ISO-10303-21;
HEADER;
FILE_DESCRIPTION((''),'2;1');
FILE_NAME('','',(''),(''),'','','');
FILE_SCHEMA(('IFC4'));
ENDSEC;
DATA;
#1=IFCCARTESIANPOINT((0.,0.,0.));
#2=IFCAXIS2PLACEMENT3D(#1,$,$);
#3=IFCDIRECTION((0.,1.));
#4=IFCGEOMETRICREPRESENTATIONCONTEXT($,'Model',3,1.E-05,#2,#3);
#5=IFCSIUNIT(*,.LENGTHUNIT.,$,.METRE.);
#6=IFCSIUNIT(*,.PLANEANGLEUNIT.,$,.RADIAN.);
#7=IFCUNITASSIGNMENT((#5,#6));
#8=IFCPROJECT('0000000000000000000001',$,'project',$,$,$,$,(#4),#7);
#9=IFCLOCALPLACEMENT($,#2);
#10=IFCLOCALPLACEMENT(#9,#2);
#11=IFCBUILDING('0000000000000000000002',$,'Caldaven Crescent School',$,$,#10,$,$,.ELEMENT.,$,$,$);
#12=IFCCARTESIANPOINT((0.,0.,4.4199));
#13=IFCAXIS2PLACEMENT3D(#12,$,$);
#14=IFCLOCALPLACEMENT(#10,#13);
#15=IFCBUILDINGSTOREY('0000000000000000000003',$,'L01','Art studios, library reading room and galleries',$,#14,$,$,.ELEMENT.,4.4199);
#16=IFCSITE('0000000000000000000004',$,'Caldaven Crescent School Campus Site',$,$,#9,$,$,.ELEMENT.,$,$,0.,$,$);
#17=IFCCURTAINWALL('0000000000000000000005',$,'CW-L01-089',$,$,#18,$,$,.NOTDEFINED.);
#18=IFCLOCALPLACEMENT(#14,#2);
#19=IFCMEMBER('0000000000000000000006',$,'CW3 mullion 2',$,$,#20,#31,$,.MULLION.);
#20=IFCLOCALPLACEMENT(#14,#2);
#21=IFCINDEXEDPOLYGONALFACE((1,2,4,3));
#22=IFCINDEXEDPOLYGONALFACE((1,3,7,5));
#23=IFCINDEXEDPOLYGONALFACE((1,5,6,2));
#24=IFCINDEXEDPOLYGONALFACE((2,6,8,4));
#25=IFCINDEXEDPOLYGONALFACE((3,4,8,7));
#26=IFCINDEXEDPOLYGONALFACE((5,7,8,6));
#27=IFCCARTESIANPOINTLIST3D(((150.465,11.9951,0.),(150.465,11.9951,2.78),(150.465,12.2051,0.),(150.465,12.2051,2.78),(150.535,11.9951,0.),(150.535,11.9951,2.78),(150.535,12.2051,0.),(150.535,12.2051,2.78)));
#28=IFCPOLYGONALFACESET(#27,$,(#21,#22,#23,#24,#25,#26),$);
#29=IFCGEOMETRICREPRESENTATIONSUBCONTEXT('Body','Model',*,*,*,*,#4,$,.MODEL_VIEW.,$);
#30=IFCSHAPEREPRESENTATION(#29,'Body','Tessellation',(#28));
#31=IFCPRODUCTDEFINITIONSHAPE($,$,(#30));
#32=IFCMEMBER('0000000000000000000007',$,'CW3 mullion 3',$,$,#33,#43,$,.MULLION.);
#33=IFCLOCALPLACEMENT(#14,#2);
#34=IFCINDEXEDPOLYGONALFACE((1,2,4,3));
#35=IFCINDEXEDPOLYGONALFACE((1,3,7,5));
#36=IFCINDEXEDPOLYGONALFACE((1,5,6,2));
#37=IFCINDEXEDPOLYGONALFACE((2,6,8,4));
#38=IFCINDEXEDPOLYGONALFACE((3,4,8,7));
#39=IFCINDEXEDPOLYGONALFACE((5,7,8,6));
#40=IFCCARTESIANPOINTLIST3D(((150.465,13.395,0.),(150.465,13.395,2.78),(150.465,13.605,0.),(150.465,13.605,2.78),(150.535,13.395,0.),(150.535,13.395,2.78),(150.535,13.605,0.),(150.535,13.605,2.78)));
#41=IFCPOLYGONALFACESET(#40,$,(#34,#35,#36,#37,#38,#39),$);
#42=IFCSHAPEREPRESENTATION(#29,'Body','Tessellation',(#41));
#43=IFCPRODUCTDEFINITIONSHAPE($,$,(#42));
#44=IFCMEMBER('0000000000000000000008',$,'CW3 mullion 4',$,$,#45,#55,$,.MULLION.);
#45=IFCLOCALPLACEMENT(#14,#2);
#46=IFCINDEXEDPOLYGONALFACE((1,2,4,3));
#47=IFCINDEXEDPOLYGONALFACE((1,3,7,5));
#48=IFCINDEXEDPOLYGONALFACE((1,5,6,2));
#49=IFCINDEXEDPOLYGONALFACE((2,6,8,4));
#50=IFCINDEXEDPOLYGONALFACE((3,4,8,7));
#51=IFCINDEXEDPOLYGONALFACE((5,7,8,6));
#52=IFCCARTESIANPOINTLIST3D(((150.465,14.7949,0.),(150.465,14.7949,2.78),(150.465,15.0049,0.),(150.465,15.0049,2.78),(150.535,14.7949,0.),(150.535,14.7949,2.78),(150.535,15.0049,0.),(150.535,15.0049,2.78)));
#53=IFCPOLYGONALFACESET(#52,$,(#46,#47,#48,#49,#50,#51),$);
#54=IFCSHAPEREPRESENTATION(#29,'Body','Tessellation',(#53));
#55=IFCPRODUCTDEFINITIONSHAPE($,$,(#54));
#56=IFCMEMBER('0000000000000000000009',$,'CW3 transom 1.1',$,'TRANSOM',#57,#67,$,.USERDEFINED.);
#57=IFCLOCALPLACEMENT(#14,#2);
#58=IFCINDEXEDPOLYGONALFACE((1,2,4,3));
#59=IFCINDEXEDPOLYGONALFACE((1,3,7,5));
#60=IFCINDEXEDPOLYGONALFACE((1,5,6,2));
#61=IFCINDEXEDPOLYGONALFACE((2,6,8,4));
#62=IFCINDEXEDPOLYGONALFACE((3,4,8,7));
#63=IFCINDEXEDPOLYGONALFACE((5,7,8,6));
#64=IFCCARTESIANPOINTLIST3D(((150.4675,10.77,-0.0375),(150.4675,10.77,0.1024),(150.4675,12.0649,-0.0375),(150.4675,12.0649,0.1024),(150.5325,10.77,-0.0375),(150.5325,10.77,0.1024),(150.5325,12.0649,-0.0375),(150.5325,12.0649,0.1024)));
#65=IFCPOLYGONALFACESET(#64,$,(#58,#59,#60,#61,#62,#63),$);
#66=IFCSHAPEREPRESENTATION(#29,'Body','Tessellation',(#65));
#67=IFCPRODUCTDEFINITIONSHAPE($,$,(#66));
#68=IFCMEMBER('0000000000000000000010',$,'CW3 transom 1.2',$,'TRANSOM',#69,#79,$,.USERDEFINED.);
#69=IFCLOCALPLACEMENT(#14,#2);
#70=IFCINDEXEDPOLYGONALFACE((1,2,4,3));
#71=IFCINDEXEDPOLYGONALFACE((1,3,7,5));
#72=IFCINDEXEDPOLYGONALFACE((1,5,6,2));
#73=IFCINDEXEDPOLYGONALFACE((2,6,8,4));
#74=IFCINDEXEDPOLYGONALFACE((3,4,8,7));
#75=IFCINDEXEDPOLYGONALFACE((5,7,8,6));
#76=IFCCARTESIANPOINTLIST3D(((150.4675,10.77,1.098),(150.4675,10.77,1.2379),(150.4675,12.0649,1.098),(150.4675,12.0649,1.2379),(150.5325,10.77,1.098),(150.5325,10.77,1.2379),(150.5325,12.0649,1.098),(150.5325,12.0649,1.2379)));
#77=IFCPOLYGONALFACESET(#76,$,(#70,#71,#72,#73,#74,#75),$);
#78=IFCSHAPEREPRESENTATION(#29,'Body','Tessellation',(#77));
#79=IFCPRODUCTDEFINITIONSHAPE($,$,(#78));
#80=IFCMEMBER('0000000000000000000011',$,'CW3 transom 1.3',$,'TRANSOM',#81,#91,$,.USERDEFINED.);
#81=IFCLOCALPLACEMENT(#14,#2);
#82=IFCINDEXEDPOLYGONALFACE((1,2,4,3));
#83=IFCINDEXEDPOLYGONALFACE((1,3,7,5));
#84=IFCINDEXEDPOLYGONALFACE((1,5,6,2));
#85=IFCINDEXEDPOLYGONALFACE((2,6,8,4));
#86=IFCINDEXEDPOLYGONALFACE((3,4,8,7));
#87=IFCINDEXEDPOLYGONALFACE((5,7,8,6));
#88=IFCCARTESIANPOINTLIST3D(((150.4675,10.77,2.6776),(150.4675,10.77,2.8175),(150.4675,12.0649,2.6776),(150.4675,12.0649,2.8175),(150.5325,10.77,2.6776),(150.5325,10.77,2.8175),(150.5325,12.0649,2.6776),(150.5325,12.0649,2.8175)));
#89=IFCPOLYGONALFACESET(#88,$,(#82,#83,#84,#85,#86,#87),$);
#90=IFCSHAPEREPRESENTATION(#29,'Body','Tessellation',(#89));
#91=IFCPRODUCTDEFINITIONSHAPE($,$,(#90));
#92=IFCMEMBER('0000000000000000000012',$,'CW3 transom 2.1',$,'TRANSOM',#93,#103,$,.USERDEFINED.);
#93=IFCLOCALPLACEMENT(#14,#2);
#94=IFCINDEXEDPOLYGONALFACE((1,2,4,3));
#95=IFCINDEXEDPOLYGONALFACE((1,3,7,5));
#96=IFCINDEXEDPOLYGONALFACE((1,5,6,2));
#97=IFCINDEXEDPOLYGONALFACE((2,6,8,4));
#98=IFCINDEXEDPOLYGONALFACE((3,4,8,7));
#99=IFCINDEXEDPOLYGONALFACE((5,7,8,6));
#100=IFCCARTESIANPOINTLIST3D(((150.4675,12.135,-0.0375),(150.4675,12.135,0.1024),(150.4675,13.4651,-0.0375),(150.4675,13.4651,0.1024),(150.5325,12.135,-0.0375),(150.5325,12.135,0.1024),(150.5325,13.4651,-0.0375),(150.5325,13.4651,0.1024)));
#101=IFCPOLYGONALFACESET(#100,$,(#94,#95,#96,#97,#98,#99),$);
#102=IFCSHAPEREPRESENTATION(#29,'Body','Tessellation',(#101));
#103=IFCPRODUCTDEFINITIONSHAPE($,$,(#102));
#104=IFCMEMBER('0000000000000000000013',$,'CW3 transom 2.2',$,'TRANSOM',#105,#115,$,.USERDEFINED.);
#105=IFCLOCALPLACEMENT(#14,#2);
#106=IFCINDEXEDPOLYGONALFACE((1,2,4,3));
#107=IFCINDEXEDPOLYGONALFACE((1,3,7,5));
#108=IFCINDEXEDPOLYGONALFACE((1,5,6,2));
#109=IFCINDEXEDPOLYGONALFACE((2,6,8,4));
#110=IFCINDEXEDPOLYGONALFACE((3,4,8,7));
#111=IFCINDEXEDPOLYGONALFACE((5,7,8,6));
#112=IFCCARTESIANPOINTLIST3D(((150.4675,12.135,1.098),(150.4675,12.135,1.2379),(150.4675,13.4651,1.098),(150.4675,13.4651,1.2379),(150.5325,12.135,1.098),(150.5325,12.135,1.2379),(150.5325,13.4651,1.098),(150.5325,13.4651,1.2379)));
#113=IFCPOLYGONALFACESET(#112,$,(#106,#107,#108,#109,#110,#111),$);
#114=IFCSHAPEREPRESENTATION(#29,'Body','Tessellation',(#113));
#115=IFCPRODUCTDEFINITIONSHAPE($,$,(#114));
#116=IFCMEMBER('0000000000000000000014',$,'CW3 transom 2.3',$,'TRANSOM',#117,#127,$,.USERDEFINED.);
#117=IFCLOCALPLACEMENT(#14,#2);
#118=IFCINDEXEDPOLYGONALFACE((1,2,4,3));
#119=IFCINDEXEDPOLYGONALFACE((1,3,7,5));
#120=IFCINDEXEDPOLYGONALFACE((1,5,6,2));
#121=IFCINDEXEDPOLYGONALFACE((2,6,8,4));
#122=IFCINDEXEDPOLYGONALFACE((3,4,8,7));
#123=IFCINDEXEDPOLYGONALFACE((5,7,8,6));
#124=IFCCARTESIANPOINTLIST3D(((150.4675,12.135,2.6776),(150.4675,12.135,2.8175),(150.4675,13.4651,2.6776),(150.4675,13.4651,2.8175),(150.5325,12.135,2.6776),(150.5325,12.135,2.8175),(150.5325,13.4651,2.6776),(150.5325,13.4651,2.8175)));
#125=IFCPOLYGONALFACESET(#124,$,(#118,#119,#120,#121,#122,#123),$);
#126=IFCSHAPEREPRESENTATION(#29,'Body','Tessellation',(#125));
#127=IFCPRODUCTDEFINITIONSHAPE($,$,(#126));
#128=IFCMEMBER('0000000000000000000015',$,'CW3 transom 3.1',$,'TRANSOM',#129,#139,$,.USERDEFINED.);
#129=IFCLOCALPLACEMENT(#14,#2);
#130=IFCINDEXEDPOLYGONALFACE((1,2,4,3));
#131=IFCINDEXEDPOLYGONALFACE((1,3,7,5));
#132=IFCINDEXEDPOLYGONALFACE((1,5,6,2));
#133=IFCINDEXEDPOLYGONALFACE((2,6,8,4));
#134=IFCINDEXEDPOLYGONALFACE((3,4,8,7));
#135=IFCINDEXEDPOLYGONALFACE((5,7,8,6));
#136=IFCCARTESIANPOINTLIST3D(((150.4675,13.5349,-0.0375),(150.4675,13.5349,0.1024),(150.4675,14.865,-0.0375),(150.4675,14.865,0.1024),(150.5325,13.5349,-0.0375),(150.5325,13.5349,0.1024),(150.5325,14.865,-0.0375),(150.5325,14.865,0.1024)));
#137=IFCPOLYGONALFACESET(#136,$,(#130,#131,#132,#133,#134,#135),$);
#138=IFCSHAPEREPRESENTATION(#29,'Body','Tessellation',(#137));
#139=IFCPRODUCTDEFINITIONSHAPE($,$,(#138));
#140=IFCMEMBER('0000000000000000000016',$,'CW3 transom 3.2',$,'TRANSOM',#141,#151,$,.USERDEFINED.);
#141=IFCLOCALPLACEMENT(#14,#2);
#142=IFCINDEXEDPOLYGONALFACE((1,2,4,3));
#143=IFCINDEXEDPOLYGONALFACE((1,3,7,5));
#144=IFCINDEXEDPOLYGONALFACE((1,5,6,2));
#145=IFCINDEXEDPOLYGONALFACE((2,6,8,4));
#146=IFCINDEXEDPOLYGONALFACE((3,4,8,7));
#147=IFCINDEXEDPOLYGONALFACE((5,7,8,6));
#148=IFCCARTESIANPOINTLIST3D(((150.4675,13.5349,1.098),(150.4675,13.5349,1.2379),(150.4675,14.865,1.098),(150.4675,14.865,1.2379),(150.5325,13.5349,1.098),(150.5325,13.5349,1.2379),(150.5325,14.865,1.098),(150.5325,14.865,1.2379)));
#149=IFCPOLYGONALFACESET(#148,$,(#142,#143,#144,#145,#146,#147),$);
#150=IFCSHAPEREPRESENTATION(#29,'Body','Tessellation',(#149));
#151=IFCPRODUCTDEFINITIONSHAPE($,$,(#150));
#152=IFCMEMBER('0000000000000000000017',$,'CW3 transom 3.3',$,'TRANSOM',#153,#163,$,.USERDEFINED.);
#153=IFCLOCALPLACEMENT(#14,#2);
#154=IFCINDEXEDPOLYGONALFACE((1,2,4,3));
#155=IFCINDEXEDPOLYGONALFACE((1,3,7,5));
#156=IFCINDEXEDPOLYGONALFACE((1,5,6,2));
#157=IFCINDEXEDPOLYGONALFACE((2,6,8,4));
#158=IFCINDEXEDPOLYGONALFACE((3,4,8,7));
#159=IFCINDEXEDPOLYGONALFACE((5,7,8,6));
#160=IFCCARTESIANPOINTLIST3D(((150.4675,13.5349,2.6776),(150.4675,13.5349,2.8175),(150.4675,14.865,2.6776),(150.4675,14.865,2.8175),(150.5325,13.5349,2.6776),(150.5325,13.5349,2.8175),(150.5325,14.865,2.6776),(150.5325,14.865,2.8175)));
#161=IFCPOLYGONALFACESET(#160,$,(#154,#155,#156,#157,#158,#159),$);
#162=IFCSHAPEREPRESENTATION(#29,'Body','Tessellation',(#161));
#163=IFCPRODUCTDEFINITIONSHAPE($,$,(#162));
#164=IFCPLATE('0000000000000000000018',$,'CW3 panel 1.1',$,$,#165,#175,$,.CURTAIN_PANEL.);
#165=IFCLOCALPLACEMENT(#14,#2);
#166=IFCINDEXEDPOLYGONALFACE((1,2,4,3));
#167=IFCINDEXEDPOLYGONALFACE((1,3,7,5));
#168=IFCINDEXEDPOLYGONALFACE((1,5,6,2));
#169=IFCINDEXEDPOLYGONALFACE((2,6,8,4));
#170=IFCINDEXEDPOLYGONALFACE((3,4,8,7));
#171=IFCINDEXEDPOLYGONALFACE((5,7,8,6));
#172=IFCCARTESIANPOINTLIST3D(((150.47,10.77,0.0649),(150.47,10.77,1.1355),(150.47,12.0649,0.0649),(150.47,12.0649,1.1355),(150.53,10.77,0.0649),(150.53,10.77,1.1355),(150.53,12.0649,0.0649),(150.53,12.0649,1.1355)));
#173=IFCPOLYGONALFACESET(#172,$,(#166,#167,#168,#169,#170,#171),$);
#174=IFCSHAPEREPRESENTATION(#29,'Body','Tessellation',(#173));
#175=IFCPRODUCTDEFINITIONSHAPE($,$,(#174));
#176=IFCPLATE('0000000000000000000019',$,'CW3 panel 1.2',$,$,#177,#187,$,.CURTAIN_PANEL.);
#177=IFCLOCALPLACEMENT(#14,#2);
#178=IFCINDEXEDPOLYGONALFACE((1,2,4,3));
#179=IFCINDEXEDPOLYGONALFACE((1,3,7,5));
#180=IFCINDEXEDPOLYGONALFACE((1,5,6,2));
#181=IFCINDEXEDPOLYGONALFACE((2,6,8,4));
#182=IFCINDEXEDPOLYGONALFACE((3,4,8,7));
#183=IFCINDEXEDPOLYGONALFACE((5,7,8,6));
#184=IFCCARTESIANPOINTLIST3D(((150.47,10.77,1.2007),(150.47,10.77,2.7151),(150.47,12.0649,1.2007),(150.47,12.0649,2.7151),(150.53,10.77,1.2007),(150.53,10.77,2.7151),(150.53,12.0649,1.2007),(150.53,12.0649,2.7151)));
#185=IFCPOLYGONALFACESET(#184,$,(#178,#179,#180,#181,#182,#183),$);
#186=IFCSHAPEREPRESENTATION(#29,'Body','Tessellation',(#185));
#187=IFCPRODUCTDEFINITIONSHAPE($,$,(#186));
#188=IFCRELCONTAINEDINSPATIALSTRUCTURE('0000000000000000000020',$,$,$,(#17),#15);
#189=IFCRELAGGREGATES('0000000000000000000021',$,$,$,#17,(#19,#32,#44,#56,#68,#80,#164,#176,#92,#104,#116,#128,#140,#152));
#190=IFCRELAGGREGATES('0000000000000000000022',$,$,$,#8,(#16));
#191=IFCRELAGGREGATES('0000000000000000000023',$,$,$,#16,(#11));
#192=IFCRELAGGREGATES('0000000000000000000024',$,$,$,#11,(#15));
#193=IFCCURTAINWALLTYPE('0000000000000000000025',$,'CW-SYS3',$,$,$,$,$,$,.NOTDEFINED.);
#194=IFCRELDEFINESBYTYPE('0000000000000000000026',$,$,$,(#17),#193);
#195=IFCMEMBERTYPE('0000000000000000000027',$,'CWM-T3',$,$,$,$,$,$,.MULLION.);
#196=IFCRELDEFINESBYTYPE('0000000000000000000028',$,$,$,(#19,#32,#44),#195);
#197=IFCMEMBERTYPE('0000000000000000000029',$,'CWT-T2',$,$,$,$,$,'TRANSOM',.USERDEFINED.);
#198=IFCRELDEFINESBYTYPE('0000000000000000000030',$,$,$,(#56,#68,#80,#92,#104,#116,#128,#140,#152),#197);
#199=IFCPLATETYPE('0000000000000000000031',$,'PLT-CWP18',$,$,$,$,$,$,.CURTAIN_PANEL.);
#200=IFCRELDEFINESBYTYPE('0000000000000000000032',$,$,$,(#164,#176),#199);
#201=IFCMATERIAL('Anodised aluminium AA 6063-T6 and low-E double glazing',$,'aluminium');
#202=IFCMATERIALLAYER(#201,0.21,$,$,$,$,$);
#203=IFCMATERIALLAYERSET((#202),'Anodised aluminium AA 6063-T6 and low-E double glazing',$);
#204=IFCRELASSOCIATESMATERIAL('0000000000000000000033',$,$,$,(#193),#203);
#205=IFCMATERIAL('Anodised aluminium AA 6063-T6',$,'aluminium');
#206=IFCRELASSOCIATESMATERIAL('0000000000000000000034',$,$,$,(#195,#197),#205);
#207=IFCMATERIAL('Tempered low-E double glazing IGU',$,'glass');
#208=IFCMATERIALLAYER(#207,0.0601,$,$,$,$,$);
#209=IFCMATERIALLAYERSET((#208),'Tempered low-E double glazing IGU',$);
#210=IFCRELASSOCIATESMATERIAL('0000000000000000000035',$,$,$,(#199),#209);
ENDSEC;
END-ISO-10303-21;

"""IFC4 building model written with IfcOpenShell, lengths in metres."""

from ifc_helpers import new_model, si_unit, direction, frame, origin, origin_2d, place, context, subcontext, project, spatial, rectangle, extrude, material, layer, layer_set, material_profile, profile_set, type_object, element, aggregate, save


model = new_model("IFC4")

# Units and contexts
model_context = context("Model", 3, precision=1e-05, world=origin(), true_north=direction((0.0, 1.0)))
body_context = subcontext(model_context, "Body", "Model", "MODEL_VIEW")
ifc_project = project(units=[si_unit("LENGTHUNIT", "METRE"), si_unit("PLANEANGLEUNIT", "RADIAN")], contexts=[model_context])

# Site, building, storey
site_placement = place(None, origin())
site = spatial("IfcSite", under=ifc_project, at=site_placement, Name="Caldaven Crescent School Campus Site", CompositionType="ELEMENT", RefElevation=0.0)
building_placement = place(site_placement, origin())
building = spatial("IfcBuilding", under=site, at=building_placement, Name="Caldaven Crescent School", CompositionType="ELEMENT")
storey_placement = place(building_placement, frame((0.0, 0.0, 4.4199)))
storey = spatial("IfcBuildingStorey", under=building, at=storey_placement, Name="L01", Description="Art studios, library reading room and galleries", CompositionType="ELEMENT", Elevation=4.4199)

# Curtain wall, members, plates
ifc_material_1 = material(Name="Anodised aluminium AA 6063-T6 and low-E double glazing", Category="aluminium")
ifc_layer_1 = layer(ifc_material_1, 0.21)
ifc_layer_set_1 = layer_set([ifc_layer_1], Name="Anodised aluminium AA 6063-T6 and low-E double glazing")
curtain_wall_type = type_object("IfcCurtainWallType", Name="CW-SYS3", PredefinedType="NOTDEFINED", material=ifc_layer_set_1)
curtain_wall_placement = place(storey_placement, origin())
curtain_wall = element("IfcCurtainWall", 1, at=curtain_wall_placement, inside=storey, type_object=curtain_wall_type, Name="CW-L01-089", PredefinedType="NOTDEFINED")
ifc_material_2 = material(Name="Anodised aluminium AA 6063-T6", Category="aluminium")
ifc_material_profile_1 = material_profile(ifc_material_2, rectangle(XDim=0.0701, YDim=0.21, at=origin_2d()), Name="CWM 70x210")
ifc_profile_set_1 = profile_set([ifc_material_profile_1], Name="Anodised aluminium AA 6063-T6")
member_type_1 = type_object("IfcMemberType", Name="CWM-T3", PredefinedType="MULLION", material=ifc_profile_set_1)
member_1_placement = place(storey_placement, frame((150.5, 12.1001, 0.0), z_axis=(0.0, 0.0, 1.0), x_axis=(-1.0, 0.0, 0.0)))
member_1 = element("IfcMember", 2, at=member_1_placement, type_object=member_type_1, Name="CW3 mullion 2", PredefinedType="MULLION", context=body_context, shape_type="SweptSolid", body=[
    extrude(rectangle(XDim=0.0701, YDim=0.21, at=origin_2d()), origin(), (0.0, 0.0, 1.0), 2.78),
])
member_2_placement = place(storey_placement, frame((150.5, 13.5, 0.0), z_axis=(0.0, 0.0, 1.0), x_axis=(-1.0, 0.0, 0.0)))
member_2 = element("IfcMember", 3, at=member_2_placement, type_object=member_type_1, Name="CW3 mullion 3", PredefinedType="MULLION", context=body_context, shape_type="SweptSolid", body=[
    extrude(rectangle(XDim=0.0701, YDim=0.21, at=origin_2d()), origin(), (0.0, 0.0, 1.0), 2.78),
])
member_3_placement = place(storey_placement, frame((150.5, 14.8999, 0.0), z_axis=(0.0, 0.0, 1.0), x_axis=(-1.0, 0.0, 0.0)))
member_3 = element("IfcMember", 4, at=member_3_placement, type_object=member_type_1, Name="CW3 mullion 4", PredefinedType="MULLION", context=body_context, shape_type="SweptSolid", body=[
    extrude(rectangle(XDim=0.0701, YDim=0.21, at=origin_2d()), origin(), (0.0, 0.0, 1.0), 2.78),
])
ifc_material_profile_2 = material_profile(ifc_material_2, rectangle(XDim=0.0649, YDim=0.1399, at=origin_2d()), Name="CWT 65x140")
ifc_profile_set_2 = profile_set([ifc_material_profile_2], Name="Anodised aluminium AA 6063-T6")
member_type_2 = type_object("IfcMemberType", Name="CWT-T2", ElementType="TRANSOM", PredefinedType="USERDEFINED", material=ifc_profile_set_2)
member_4_placement = place(storey_placement, frame((150.5, 10.77, 0.0325), z_axis=(0.0, 1.0, 0.0), x_axis=(-1.0, 0.0, 0.0)))
member_4 = element("IfcMember", 5, at=member_4_placement, type_object=member_type_2, Name="CW3 transom 1.1", ObjectType="TRANSOM", PredefinedType="USERDEFINED", context=body_context, shape_type="SweptSolid", body=[
    extrude(rectangle(XDim=0.0649, YDim=0.1399, at=origin_2d()), origin(), (0.0, 0.0, 1.0), 1.2949),
])
member_5_placement = place(storey_placement, frame((150.5, 10.77, 1.168), z_axis=(0.0, 1.0, 0.0), x_axis=(-1.0, 0.0, 0.0)))
member_5 = element("IfcMember", 6, at=member_5_placement, type_object=member_type_2, Name="CW3 transom 1.2", ObjectType="TRANSOM", PredefinedType="USERDEFINED", context=body_context, shape_type="SweptSolid", body=[
    extrude(rectangle(XDim=0.0649, YDim=0.1399, at=origin_2d()), origin(), (0.0, 0.0, 1.0), 1.2949),
])
member_6_placement = place(storey_placement, frame((150.5, 10.77, 2.7476), z_axis=(0.0, 1.0, 0.0), x_axis=(-1.0, 0.0, 0.0)))
member_6 = element("IfcMember", 7, at=member_6_placement, type_object=member_type_2, Name="CW3 transom 1.3", ObjectType="TRANSOM", PredefinedType="USERDEFINED", context=body_context, shape_type="SweptSolid", body=[
    extrude(rectangle(XDim=0.0649, YDim=0.1399, at=origin_2d()), origin(), (0.0, 0.0, 1.0), 1.2949),
])
member_7_placement = place(storey_placement, frame((150.5, 12.135, 0.0325), z_axis=(0.0, 1.0, 0.0), x_axis=(-1.0, 0.0, 0.0)))
member_7 = element("IfcMember", 8, at=member_7_placement, type_object=member_type_2, Name="CW3 transom 2.1", ObjectType="TRANSOM", PredefinedType="USERDEFINED", context=body_context, shape_type="SweptSolid", body=[
    extrude(rectangle(XDim=0.0649, YDim=0.1399, at=origin_2d()), origin(), (0.0, 0.0, 1.0), 1.3301),
])
member_8_placement = place(storey_placement, frame((150.5, 12.135, 1.168), z_axis=(0.0, 1.0, 0.0), x_axis=(-1.0, 0.0, 0.0)))
member_8 = element("IfcMember", 9, at=member_8_placement, type_object=member_type_2, Name="CW3 transom 2.2", ObjectType="TRANSOM", PredefinedType="USERDEFINED", context=body_context, shape_type="SweptSolid", body=[
    extrude(rectangle(XDim=0.0649, YDim=0.1399, at=origin_2d()), origin(), (0.0, 0.0, 1.0), 1.3301),
])
member_9_placement = place(storey_placement, frame((150.5, 12.135, 2.7476), z_axis=(0.0, 1.0, 0.0), x_axis=(-1.0, 0.0, 0.0)))
member_9 = element("IfcMember", 10, at=member_9_placement, type_object=member_type_2, Name="CW3 transom 2.3", ObjectType="TRANSOM", PredefinedType="USERDEFINED", context=body_context, shape_type="SweptSolid", body=[
    extrude(rectangle(XDim=0.0649, YDim=0.1399, at=origin_2d()), origin(), (0.0, 0.0, 1.0), 1.3301),
])
member_10_placement = place(storey_placement, frame((150.5, 13.5349, 0.0325), z_axis=(0.0, 1.0, 0.0), x_axis=(-1.0, 0.0, 0.0)))
member_10 = element("IfcMember", 11, at=member_10_placement, type_object=member_type_2, Name="CW3 transom 3.1", ObjectType="TRANSOM", PredefinedType="USERDEFINED", context=body_context, shape_type="SweptSolid", body=[
    extrude(rectangle(XDim=0.0649, YDim=0.1399, at=origin_2d()), origin(), (0.0, 0.0, 1.0), 1.3301),
])
member_11_placement = place(storey_placement, frame((150.5, 13.5349, 1.168), z_axis=(0.0, 1.0, 0.0), x_axis=(-1.0, 0.0, 0.0)))
member_11 = element("IfcMember", 12, at=member_11_placement, type_object=member_type_2, Name="CW3 transom 3.2", ObjectType="TRANSOM", PredefinedType="USERDEFINED", context=body_context, shape_type="SweptSolid", body=[
    extrude(rectangle(XDim=0.0649, YDim=0.1399, at=origin_2d()), origin(), (0.0, 0.0, 1.0), 1.3301),
])
member_12_placement = place(storey_placement, frame((150.5, 13.5349, 2.7476), z_axis=(0.0, 1.0, 0.0), x_axis=(-1.0, 0.0, 0.0)))
member_12 = element("IfcMember", 13, at=member_12_placement, type_object=member_type_2, Name="CW3 transom 3.3", ObjectType="TRANSOM", PredefinedType="USERDEFINED", context=body_context, shape_type="SweptSolid", body=[
    extrude(rectangle(XDim=0.0649, YDim=0.1399, at=origin_2d()), origin(), (0.0, 0.0, 1.0), 1.3301),
])
ifc_material_3 = material(Name="Tempered low-E double glazing IGU", Category="glass")
ifc_layer_2 = layer(ifc_material_3, 0.0601)
ifc_layer_set_2 = layer_set([ifc_layer_2], Name="Tempered low-E double glazing IGU")
plate_type = type_object("IfcPlateType", Name="PLT-CWP18", PredefinedType="CURTAIN_PANEL", material=ifc_layer_set_2)
plate_1_placement = place(storey_placement, frame((150.5, 11.4175, 0.0649), z_axis=(0.0, 0.0, 1.0), x_axis=(0.0, 1.0, 0.0)))
plate_1 = element("IfcPlate", 14, at=plate_1_placement, type_object=plate_type, Name="CW3 panel 1.1", PredefinedType="CURTAIN_PANEL", context=body_context, shape_type="SweptSolid", body=[
    extrude(rectangle(XDim=1.2949, YDim=0.0601, at=origin_2d()), origin(), (0.0, 0.0, 1.0), 1.0706),
])
plate_2_placement = place(storey_placement, frame((150.5, 11.4175, 1.2007), z_axis=(0.0, 0.0, 1.0), x_axis=(0.0, 1.0, 0.0)))
plate_2 = element("IfcPlate", 15, at=plate_2_placement, type_object=plate_type, Name="CW3 panel 1.2", PredefinedType="CURTAIN_PANEL", context=body_context, shape_type="SweptSolid", body=[
    extrude(rectangle(XDim=1.2949, YDim=0.0601, at=origin_2d()), origin(), (0.0, 0.0, 1.0), 1.5144),
])
aggregate(curtain_wall, [member_1, member_2, member_3, member_4, member_5, member_6, plate_1, plate_2, member_7, member_8, member_9, member_10, member_11, member_12])

save(model, "model.ifc")
